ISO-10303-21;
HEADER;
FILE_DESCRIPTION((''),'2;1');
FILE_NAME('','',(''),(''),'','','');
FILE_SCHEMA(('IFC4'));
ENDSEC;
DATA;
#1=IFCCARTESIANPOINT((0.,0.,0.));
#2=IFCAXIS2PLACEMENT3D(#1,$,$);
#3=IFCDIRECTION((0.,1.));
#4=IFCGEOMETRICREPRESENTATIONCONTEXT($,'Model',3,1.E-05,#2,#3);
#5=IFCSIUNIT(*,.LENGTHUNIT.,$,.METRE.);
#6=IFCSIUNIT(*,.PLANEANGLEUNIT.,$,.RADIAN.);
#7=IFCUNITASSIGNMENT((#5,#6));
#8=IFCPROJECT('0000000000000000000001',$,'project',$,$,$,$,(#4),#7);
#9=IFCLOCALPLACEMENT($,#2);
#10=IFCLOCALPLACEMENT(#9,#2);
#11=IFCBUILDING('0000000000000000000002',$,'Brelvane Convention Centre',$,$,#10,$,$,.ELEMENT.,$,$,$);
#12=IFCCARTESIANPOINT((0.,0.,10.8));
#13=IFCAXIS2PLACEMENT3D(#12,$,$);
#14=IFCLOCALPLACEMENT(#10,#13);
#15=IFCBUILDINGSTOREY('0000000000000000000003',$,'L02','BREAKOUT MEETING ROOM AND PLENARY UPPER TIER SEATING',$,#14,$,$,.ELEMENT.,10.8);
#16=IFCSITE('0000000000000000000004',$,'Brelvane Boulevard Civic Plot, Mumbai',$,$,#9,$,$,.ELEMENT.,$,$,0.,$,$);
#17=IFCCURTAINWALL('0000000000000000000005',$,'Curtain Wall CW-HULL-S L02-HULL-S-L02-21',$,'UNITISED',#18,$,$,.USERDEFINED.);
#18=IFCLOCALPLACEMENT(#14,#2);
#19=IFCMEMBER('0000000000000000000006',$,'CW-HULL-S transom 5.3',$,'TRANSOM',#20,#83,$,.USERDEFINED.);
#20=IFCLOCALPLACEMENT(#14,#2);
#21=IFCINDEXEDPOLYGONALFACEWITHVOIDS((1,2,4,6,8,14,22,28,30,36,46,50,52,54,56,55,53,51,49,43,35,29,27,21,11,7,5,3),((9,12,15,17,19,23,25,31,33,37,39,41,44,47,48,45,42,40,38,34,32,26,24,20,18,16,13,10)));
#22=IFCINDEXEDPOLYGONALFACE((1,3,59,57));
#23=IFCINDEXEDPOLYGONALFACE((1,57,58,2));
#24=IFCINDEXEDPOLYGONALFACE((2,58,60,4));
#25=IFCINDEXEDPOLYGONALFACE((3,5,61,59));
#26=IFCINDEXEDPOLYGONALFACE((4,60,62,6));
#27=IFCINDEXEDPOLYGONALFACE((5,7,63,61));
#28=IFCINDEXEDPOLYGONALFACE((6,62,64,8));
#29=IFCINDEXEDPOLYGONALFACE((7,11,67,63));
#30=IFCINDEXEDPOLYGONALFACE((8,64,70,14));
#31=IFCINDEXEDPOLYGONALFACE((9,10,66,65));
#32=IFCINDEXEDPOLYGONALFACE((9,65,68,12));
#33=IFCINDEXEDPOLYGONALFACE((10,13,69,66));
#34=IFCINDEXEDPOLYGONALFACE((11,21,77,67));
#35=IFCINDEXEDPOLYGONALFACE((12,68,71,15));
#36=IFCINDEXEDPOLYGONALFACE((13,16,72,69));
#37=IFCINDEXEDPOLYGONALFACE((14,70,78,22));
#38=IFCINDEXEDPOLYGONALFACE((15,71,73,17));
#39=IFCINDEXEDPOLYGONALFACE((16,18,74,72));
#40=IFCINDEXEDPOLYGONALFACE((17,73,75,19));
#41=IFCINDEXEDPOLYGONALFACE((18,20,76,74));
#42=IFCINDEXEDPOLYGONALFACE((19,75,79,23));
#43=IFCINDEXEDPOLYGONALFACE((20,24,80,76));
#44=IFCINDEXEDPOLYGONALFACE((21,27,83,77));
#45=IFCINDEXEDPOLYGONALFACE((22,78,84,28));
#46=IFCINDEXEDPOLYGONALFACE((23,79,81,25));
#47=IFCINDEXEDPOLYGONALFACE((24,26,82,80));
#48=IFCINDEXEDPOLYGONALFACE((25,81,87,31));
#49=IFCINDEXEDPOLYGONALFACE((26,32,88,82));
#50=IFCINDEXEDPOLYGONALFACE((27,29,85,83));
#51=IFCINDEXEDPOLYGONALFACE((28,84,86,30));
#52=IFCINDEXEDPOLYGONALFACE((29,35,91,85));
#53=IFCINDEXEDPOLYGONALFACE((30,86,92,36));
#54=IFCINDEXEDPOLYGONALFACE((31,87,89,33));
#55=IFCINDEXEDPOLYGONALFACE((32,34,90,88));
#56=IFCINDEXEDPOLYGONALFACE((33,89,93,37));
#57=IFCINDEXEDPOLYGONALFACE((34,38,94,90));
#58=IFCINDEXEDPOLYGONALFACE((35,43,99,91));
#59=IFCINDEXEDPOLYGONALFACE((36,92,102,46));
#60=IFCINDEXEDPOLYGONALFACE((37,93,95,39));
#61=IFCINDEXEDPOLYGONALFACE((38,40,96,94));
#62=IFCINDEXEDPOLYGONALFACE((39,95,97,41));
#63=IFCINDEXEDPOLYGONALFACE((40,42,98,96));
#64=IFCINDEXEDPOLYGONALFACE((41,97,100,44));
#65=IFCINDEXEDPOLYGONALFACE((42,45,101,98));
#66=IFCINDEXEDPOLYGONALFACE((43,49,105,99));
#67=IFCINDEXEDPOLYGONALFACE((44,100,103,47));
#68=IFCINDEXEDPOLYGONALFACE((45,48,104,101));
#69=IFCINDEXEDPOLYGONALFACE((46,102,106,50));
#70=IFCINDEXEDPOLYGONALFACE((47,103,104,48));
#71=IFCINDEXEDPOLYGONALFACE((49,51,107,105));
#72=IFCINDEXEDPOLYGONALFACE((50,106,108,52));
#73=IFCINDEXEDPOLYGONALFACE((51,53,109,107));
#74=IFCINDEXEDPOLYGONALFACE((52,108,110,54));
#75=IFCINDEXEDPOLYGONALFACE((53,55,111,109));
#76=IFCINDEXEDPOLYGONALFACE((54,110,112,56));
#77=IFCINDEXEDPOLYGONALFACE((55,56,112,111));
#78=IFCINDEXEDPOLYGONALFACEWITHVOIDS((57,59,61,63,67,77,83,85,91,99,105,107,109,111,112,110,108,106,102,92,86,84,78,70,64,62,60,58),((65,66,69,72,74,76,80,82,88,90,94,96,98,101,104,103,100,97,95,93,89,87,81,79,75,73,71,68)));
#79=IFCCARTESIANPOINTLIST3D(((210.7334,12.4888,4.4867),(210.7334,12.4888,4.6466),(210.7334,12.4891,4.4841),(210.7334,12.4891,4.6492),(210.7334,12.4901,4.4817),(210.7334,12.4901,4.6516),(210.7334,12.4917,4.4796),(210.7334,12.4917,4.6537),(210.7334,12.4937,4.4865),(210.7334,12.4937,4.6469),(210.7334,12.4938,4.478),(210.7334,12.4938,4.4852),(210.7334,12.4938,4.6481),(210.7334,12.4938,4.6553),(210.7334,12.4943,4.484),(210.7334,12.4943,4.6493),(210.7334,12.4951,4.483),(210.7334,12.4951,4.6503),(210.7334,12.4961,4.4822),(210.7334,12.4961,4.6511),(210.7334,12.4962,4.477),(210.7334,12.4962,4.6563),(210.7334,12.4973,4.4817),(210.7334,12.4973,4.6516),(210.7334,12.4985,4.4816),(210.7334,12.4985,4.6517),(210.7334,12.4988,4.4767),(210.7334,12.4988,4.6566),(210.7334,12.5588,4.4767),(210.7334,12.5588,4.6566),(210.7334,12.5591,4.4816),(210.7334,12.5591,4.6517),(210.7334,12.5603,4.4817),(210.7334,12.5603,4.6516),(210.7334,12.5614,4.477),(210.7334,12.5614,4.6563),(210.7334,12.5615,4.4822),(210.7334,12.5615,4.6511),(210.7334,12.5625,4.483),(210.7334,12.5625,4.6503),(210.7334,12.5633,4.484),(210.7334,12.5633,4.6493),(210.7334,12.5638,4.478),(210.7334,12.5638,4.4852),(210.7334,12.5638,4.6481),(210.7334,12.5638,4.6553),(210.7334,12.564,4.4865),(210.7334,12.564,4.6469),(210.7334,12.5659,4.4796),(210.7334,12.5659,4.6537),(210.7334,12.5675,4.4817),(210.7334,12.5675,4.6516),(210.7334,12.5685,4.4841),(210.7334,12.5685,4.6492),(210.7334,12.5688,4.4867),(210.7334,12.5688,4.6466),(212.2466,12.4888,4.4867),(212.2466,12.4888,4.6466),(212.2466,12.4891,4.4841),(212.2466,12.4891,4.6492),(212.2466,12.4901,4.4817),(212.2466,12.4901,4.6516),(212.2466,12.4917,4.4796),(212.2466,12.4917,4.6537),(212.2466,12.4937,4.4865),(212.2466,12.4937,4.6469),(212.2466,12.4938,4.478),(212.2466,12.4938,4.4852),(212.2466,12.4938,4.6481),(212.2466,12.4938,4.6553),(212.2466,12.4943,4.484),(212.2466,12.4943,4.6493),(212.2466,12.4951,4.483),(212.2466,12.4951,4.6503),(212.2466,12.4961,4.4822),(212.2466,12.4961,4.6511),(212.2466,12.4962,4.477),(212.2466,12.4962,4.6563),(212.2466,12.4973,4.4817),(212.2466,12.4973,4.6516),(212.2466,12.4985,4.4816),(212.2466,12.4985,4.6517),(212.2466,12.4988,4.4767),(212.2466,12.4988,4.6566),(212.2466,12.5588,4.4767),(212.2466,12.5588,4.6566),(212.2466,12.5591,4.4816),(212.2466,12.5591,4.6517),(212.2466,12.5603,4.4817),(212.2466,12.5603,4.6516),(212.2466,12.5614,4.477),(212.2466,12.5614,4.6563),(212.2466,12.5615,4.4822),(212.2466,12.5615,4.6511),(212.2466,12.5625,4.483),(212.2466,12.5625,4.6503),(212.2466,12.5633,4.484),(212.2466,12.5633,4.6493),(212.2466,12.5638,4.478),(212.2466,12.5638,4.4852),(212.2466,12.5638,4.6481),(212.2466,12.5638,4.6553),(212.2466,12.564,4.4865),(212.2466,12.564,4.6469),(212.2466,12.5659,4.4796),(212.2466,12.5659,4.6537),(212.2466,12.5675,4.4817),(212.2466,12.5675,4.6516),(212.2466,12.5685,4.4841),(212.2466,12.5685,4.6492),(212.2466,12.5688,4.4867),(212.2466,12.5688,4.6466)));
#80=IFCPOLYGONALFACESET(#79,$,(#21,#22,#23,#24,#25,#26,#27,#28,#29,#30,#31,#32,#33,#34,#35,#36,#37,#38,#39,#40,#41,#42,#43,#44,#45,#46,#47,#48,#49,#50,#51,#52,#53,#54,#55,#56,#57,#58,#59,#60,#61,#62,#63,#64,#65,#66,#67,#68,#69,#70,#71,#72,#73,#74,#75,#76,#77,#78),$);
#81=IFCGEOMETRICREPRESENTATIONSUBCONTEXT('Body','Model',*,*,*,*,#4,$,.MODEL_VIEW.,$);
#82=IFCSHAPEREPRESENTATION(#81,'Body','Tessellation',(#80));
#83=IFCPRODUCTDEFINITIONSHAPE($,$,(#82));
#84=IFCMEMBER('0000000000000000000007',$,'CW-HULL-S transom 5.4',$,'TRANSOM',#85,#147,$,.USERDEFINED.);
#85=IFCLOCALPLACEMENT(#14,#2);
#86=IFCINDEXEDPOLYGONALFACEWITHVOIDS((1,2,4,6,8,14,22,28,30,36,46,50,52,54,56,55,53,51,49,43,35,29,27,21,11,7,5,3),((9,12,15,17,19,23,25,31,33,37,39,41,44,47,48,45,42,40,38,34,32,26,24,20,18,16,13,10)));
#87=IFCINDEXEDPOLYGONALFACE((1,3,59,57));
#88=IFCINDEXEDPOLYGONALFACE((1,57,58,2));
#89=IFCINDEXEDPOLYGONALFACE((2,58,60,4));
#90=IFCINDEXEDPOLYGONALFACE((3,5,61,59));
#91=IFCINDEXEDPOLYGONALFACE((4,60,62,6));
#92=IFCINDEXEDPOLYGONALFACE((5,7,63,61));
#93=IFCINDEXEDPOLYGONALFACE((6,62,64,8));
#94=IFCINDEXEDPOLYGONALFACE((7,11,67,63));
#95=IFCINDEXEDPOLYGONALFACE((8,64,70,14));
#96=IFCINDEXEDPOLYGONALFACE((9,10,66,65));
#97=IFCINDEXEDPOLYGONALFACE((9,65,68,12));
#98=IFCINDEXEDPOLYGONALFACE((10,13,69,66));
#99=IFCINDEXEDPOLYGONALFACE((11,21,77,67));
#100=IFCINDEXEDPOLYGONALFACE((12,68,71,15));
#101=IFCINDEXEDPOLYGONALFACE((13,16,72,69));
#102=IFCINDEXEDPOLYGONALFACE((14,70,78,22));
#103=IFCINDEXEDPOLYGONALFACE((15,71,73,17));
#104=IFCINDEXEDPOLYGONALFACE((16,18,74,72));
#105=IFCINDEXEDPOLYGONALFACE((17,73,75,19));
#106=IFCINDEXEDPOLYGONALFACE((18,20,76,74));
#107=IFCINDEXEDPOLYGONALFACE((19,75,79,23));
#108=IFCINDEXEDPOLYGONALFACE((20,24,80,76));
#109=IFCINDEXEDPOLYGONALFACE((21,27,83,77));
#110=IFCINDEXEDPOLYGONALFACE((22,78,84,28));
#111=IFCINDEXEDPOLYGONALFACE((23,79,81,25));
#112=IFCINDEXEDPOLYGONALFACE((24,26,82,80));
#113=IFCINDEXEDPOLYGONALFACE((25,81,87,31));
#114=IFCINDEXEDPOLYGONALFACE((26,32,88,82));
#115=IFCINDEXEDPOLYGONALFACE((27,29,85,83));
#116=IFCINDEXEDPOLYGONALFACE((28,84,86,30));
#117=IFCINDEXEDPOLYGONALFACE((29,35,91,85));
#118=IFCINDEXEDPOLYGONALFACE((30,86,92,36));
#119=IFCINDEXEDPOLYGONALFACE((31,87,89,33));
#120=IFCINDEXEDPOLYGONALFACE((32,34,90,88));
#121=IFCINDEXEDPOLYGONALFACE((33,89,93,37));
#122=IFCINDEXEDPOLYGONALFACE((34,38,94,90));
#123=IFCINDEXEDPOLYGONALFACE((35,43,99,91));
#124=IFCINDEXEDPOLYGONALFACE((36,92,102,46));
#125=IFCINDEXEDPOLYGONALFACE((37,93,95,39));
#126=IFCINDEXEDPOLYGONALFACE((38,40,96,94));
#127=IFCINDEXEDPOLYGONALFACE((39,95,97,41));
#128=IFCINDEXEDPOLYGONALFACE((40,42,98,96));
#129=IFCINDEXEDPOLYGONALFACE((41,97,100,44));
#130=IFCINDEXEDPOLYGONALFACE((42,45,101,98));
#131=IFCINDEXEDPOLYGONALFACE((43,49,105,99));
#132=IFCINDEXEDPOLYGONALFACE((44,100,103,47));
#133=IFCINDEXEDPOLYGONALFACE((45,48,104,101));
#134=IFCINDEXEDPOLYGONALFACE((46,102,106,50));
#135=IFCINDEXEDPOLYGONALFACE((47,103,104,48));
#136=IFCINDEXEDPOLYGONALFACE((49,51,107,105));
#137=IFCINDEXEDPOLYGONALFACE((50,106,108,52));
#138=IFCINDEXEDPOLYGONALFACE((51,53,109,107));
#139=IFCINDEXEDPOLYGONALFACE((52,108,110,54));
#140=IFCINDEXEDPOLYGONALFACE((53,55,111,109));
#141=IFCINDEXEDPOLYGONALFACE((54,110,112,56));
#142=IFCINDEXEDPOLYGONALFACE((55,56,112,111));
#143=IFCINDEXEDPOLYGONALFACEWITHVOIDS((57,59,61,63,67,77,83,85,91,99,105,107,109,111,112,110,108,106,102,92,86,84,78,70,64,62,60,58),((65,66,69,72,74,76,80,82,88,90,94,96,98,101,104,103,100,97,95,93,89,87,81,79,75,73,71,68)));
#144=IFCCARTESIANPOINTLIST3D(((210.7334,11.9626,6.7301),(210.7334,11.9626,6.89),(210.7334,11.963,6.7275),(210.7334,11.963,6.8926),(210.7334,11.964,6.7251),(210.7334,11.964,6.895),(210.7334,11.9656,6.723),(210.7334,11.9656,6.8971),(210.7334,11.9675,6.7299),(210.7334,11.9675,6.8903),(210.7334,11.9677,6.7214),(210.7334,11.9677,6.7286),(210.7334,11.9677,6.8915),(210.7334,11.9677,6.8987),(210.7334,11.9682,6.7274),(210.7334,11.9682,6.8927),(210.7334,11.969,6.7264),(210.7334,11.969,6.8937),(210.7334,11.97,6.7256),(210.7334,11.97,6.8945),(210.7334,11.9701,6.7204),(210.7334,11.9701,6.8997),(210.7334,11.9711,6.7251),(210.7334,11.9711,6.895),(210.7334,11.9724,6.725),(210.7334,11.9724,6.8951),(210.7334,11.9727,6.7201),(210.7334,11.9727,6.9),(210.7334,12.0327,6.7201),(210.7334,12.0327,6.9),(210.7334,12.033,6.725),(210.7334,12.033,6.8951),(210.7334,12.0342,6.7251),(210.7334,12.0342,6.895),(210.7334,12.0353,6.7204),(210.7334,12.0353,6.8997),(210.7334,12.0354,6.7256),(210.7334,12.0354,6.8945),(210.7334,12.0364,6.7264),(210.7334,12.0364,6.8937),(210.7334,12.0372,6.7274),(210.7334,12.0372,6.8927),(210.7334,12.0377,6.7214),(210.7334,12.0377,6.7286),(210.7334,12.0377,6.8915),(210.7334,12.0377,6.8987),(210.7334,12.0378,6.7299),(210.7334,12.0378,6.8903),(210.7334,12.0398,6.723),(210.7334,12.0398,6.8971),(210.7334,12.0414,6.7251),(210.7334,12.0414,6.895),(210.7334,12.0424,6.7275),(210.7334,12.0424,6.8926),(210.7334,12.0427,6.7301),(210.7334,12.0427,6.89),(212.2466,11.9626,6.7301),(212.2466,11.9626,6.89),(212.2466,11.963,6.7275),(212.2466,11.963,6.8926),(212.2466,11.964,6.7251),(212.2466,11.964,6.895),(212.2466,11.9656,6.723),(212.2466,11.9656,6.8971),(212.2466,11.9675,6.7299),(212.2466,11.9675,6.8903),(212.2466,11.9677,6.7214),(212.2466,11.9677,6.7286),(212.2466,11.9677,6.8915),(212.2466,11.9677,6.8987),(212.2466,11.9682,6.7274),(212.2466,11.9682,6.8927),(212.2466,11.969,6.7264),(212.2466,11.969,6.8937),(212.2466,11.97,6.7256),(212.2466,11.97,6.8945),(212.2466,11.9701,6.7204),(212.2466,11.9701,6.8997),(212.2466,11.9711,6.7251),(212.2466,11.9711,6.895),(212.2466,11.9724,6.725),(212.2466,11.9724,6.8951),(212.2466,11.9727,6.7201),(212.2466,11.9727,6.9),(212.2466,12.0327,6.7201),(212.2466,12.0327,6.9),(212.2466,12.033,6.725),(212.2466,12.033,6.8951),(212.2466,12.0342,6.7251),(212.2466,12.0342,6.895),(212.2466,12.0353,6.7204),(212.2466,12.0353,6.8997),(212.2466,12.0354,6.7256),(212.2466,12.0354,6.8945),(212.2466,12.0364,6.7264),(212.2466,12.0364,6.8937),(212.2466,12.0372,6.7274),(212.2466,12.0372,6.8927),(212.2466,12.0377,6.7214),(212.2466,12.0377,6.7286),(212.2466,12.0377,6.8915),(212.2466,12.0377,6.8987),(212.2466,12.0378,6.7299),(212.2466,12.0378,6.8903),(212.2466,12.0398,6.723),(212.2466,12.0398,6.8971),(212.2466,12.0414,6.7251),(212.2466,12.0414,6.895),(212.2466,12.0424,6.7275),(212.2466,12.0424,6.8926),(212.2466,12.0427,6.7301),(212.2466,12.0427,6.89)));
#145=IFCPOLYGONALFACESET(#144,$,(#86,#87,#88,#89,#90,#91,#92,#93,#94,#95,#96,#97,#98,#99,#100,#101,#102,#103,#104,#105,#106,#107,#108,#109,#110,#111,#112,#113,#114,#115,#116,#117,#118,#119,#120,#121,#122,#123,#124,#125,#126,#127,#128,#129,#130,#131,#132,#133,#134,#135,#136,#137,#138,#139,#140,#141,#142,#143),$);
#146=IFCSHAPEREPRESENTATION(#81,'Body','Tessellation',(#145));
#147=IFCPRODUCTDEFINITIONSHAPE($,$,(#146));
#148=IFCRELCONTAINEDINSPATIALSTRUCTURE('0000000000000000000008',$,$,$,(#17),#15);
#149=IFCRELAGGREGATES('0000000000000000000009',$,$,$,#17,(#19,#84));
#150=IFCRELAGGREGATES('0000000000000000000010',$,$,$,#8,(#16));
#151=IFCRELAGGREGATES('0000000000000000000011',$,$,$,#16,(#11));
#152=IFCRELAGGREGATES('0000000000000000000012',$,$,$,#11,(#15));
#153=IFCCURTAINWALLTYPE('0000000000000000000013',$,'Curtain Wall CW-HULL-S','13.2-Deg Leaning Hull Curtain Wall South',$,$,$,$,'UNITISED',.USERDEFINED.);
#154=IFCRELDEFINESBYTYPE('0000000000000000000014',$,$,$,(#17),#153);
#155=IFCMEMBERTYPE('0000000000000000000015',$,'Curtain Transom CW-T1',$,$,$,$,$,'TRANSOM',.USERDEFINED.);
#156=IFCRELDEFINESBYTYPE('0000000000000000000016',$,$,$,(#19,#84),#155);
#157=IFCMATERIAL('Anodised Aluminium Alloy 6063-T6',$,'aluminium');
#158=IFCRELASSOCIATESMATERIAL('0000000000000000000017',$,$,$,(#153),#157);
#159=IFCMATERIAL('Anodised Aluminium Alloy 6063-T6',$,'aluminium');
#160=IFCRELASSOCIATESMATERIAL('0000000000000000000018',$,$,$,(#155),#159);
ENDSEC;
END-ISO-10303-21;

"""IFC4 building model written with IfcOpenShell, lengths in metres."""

from ifc_helpers import new_model, si_unit, direction, frame, origin, origin_2d, place, context, subcontext, project, spatial, hollow_rectangle, extrude, material, material_profile, profile_set, type_object, element, aggregate, save


model = new_model("IFC4")

# Units and contexts
model_context = context("Model", 3, precision=1e-05, world=origin(), true_north=direction((0.0, 1.0)))
body_context = subcontext(model_context, "Body", "Model", "MODEL_VIEW")
ifc_project = project(units=[si_unit("LENGTHUNIT", "METRE"), si_unit("PLANEANGLEUNIT", "RADIAN")], contexts=[model_context])

# Site, building, storey
site_placement = place(None, origin())
site = spatial("IfcSite", under=ifc_project, at=site_placement, Name="Brelvane Boulevard Civic Plot, Mumbai", CompositionType="ELEMENT", RefElevation=0.0)
building_placement = place(site_placement, origin())
building = spatial("IfcBuilding", under=site, at=building_placement, Name="Brelvane Convention Centre", CompositionType="ELEMENT")
storey_placement = place(building_placement, frame((0.0, 0.0, 10.8)))
storey = spatial("IfcBuildingStorey", under=building, at=storey_placement, Name="L02", Description="BREAKOUT MEETING ROOM AND PLENARY UPPER TIER SEATING", CompositionType="ELEMENT", Elevation=10.8)

# Curtain wall, members
ifc_material_1 = material(Name="Anodised Aluminium Alloy 6063-T6", Category="aluminium")
curtain_wall_type = type_object("IfcCurtainWallType", Name="Curtain Wall CW-HULL-S", Description="13.2-Deg Leaning Hull Curtain Wall South", ElementType="UNITISED", PredefinedType="USERDEFINED", material=ifc_material_1)
curtain_wall_placement = place(storey_placement, origin())
curtain_wall = element("IfcCurtainWall", 1, at=curtain_wall_placement, inside=storey, type_object=curtain_wall_type, Name="Curtain Wall CW-HULL-S L02-HULL-S-L02-21", ObjectType="UNITISED", PredefinedType="USERDEFINED")
ifc_material_2 = material(Name="Anodised Aluminium Alloy 6063-T6", Category="aluminium")
ifc_material_profile_1 = material_profile(ifc_material_2, hollow_rectangle(XDim=0.0801, YDim=0.1799, WallThickness=0.0049, InnerFilletRadius=0.0049, OuterFilletRadius=0.01, at=origin_2d()), Name="ALU-T 180x80x5.0")
ifc_profile_set_1 = profile_set([ifc_material_profile_1], Name="Anodised Aluminium Alloy 6063-T6")
member_type_1 = type_object("IfcMemberType", Name="Curtain Transom CW-T1", ElementType="TRANSOM", PredefinedType="USERDEFINED", material=ifc_profile_set_1)
member_1_placement = place(storey_placement, frame((210.7334, 12.5288, 4.5667), z_axis=(1.0, 0.0, 0.0), x_axis=(0.0, 1.0, 0.0)))
member_1 = element("IfcMember", 2, at=member_1_placement, type_object=member_type_1, Name="CW-HULL-S transom 5.3", ObjectType="TRANSOM", PredefinedType="USERDEFINED", context=body_context, shape_type="SweptSolid", body=[
    extrude(hollow_rectangle(XDim=0.0801, YDim=0.1799, WallThickness=0.0049, InnerFilletRadius=0.0049, OuterFilletRadius=0.01, at=origin_2d()), origin(), (0.0, 0.0, 1.0), 1.5132),
])
member_2_placement = place(storey_placement, frame((210.7334, 12.0027, 6.8101), z_axis=(1.0, 0.0, 0.0), x_axis=(0.0, 1.0, 0.0)))
member_2 = element("IfcMember", 3, at=member_2_placement, type_object=member_type_1, Name="CW-HULL-S transom 5.4", ObjectType="TRANSOM", PredefinedType="USERDEFINED", context=body_context, shape_type="SweptSolid", body=[
    extrude(hollow_rectangle(XDim=0.0801, YDim=0.1799, WallThickness=0.0049, InnerFilletRadius=0.0049, OuterFilletRadius=0.01, at=origin_2d()), origin(), (0.0, 0.0, 1.0), 1.5132),
])

aggregate(curtain_wall, [member_1, member_2])

save(model, "model.ifc")
